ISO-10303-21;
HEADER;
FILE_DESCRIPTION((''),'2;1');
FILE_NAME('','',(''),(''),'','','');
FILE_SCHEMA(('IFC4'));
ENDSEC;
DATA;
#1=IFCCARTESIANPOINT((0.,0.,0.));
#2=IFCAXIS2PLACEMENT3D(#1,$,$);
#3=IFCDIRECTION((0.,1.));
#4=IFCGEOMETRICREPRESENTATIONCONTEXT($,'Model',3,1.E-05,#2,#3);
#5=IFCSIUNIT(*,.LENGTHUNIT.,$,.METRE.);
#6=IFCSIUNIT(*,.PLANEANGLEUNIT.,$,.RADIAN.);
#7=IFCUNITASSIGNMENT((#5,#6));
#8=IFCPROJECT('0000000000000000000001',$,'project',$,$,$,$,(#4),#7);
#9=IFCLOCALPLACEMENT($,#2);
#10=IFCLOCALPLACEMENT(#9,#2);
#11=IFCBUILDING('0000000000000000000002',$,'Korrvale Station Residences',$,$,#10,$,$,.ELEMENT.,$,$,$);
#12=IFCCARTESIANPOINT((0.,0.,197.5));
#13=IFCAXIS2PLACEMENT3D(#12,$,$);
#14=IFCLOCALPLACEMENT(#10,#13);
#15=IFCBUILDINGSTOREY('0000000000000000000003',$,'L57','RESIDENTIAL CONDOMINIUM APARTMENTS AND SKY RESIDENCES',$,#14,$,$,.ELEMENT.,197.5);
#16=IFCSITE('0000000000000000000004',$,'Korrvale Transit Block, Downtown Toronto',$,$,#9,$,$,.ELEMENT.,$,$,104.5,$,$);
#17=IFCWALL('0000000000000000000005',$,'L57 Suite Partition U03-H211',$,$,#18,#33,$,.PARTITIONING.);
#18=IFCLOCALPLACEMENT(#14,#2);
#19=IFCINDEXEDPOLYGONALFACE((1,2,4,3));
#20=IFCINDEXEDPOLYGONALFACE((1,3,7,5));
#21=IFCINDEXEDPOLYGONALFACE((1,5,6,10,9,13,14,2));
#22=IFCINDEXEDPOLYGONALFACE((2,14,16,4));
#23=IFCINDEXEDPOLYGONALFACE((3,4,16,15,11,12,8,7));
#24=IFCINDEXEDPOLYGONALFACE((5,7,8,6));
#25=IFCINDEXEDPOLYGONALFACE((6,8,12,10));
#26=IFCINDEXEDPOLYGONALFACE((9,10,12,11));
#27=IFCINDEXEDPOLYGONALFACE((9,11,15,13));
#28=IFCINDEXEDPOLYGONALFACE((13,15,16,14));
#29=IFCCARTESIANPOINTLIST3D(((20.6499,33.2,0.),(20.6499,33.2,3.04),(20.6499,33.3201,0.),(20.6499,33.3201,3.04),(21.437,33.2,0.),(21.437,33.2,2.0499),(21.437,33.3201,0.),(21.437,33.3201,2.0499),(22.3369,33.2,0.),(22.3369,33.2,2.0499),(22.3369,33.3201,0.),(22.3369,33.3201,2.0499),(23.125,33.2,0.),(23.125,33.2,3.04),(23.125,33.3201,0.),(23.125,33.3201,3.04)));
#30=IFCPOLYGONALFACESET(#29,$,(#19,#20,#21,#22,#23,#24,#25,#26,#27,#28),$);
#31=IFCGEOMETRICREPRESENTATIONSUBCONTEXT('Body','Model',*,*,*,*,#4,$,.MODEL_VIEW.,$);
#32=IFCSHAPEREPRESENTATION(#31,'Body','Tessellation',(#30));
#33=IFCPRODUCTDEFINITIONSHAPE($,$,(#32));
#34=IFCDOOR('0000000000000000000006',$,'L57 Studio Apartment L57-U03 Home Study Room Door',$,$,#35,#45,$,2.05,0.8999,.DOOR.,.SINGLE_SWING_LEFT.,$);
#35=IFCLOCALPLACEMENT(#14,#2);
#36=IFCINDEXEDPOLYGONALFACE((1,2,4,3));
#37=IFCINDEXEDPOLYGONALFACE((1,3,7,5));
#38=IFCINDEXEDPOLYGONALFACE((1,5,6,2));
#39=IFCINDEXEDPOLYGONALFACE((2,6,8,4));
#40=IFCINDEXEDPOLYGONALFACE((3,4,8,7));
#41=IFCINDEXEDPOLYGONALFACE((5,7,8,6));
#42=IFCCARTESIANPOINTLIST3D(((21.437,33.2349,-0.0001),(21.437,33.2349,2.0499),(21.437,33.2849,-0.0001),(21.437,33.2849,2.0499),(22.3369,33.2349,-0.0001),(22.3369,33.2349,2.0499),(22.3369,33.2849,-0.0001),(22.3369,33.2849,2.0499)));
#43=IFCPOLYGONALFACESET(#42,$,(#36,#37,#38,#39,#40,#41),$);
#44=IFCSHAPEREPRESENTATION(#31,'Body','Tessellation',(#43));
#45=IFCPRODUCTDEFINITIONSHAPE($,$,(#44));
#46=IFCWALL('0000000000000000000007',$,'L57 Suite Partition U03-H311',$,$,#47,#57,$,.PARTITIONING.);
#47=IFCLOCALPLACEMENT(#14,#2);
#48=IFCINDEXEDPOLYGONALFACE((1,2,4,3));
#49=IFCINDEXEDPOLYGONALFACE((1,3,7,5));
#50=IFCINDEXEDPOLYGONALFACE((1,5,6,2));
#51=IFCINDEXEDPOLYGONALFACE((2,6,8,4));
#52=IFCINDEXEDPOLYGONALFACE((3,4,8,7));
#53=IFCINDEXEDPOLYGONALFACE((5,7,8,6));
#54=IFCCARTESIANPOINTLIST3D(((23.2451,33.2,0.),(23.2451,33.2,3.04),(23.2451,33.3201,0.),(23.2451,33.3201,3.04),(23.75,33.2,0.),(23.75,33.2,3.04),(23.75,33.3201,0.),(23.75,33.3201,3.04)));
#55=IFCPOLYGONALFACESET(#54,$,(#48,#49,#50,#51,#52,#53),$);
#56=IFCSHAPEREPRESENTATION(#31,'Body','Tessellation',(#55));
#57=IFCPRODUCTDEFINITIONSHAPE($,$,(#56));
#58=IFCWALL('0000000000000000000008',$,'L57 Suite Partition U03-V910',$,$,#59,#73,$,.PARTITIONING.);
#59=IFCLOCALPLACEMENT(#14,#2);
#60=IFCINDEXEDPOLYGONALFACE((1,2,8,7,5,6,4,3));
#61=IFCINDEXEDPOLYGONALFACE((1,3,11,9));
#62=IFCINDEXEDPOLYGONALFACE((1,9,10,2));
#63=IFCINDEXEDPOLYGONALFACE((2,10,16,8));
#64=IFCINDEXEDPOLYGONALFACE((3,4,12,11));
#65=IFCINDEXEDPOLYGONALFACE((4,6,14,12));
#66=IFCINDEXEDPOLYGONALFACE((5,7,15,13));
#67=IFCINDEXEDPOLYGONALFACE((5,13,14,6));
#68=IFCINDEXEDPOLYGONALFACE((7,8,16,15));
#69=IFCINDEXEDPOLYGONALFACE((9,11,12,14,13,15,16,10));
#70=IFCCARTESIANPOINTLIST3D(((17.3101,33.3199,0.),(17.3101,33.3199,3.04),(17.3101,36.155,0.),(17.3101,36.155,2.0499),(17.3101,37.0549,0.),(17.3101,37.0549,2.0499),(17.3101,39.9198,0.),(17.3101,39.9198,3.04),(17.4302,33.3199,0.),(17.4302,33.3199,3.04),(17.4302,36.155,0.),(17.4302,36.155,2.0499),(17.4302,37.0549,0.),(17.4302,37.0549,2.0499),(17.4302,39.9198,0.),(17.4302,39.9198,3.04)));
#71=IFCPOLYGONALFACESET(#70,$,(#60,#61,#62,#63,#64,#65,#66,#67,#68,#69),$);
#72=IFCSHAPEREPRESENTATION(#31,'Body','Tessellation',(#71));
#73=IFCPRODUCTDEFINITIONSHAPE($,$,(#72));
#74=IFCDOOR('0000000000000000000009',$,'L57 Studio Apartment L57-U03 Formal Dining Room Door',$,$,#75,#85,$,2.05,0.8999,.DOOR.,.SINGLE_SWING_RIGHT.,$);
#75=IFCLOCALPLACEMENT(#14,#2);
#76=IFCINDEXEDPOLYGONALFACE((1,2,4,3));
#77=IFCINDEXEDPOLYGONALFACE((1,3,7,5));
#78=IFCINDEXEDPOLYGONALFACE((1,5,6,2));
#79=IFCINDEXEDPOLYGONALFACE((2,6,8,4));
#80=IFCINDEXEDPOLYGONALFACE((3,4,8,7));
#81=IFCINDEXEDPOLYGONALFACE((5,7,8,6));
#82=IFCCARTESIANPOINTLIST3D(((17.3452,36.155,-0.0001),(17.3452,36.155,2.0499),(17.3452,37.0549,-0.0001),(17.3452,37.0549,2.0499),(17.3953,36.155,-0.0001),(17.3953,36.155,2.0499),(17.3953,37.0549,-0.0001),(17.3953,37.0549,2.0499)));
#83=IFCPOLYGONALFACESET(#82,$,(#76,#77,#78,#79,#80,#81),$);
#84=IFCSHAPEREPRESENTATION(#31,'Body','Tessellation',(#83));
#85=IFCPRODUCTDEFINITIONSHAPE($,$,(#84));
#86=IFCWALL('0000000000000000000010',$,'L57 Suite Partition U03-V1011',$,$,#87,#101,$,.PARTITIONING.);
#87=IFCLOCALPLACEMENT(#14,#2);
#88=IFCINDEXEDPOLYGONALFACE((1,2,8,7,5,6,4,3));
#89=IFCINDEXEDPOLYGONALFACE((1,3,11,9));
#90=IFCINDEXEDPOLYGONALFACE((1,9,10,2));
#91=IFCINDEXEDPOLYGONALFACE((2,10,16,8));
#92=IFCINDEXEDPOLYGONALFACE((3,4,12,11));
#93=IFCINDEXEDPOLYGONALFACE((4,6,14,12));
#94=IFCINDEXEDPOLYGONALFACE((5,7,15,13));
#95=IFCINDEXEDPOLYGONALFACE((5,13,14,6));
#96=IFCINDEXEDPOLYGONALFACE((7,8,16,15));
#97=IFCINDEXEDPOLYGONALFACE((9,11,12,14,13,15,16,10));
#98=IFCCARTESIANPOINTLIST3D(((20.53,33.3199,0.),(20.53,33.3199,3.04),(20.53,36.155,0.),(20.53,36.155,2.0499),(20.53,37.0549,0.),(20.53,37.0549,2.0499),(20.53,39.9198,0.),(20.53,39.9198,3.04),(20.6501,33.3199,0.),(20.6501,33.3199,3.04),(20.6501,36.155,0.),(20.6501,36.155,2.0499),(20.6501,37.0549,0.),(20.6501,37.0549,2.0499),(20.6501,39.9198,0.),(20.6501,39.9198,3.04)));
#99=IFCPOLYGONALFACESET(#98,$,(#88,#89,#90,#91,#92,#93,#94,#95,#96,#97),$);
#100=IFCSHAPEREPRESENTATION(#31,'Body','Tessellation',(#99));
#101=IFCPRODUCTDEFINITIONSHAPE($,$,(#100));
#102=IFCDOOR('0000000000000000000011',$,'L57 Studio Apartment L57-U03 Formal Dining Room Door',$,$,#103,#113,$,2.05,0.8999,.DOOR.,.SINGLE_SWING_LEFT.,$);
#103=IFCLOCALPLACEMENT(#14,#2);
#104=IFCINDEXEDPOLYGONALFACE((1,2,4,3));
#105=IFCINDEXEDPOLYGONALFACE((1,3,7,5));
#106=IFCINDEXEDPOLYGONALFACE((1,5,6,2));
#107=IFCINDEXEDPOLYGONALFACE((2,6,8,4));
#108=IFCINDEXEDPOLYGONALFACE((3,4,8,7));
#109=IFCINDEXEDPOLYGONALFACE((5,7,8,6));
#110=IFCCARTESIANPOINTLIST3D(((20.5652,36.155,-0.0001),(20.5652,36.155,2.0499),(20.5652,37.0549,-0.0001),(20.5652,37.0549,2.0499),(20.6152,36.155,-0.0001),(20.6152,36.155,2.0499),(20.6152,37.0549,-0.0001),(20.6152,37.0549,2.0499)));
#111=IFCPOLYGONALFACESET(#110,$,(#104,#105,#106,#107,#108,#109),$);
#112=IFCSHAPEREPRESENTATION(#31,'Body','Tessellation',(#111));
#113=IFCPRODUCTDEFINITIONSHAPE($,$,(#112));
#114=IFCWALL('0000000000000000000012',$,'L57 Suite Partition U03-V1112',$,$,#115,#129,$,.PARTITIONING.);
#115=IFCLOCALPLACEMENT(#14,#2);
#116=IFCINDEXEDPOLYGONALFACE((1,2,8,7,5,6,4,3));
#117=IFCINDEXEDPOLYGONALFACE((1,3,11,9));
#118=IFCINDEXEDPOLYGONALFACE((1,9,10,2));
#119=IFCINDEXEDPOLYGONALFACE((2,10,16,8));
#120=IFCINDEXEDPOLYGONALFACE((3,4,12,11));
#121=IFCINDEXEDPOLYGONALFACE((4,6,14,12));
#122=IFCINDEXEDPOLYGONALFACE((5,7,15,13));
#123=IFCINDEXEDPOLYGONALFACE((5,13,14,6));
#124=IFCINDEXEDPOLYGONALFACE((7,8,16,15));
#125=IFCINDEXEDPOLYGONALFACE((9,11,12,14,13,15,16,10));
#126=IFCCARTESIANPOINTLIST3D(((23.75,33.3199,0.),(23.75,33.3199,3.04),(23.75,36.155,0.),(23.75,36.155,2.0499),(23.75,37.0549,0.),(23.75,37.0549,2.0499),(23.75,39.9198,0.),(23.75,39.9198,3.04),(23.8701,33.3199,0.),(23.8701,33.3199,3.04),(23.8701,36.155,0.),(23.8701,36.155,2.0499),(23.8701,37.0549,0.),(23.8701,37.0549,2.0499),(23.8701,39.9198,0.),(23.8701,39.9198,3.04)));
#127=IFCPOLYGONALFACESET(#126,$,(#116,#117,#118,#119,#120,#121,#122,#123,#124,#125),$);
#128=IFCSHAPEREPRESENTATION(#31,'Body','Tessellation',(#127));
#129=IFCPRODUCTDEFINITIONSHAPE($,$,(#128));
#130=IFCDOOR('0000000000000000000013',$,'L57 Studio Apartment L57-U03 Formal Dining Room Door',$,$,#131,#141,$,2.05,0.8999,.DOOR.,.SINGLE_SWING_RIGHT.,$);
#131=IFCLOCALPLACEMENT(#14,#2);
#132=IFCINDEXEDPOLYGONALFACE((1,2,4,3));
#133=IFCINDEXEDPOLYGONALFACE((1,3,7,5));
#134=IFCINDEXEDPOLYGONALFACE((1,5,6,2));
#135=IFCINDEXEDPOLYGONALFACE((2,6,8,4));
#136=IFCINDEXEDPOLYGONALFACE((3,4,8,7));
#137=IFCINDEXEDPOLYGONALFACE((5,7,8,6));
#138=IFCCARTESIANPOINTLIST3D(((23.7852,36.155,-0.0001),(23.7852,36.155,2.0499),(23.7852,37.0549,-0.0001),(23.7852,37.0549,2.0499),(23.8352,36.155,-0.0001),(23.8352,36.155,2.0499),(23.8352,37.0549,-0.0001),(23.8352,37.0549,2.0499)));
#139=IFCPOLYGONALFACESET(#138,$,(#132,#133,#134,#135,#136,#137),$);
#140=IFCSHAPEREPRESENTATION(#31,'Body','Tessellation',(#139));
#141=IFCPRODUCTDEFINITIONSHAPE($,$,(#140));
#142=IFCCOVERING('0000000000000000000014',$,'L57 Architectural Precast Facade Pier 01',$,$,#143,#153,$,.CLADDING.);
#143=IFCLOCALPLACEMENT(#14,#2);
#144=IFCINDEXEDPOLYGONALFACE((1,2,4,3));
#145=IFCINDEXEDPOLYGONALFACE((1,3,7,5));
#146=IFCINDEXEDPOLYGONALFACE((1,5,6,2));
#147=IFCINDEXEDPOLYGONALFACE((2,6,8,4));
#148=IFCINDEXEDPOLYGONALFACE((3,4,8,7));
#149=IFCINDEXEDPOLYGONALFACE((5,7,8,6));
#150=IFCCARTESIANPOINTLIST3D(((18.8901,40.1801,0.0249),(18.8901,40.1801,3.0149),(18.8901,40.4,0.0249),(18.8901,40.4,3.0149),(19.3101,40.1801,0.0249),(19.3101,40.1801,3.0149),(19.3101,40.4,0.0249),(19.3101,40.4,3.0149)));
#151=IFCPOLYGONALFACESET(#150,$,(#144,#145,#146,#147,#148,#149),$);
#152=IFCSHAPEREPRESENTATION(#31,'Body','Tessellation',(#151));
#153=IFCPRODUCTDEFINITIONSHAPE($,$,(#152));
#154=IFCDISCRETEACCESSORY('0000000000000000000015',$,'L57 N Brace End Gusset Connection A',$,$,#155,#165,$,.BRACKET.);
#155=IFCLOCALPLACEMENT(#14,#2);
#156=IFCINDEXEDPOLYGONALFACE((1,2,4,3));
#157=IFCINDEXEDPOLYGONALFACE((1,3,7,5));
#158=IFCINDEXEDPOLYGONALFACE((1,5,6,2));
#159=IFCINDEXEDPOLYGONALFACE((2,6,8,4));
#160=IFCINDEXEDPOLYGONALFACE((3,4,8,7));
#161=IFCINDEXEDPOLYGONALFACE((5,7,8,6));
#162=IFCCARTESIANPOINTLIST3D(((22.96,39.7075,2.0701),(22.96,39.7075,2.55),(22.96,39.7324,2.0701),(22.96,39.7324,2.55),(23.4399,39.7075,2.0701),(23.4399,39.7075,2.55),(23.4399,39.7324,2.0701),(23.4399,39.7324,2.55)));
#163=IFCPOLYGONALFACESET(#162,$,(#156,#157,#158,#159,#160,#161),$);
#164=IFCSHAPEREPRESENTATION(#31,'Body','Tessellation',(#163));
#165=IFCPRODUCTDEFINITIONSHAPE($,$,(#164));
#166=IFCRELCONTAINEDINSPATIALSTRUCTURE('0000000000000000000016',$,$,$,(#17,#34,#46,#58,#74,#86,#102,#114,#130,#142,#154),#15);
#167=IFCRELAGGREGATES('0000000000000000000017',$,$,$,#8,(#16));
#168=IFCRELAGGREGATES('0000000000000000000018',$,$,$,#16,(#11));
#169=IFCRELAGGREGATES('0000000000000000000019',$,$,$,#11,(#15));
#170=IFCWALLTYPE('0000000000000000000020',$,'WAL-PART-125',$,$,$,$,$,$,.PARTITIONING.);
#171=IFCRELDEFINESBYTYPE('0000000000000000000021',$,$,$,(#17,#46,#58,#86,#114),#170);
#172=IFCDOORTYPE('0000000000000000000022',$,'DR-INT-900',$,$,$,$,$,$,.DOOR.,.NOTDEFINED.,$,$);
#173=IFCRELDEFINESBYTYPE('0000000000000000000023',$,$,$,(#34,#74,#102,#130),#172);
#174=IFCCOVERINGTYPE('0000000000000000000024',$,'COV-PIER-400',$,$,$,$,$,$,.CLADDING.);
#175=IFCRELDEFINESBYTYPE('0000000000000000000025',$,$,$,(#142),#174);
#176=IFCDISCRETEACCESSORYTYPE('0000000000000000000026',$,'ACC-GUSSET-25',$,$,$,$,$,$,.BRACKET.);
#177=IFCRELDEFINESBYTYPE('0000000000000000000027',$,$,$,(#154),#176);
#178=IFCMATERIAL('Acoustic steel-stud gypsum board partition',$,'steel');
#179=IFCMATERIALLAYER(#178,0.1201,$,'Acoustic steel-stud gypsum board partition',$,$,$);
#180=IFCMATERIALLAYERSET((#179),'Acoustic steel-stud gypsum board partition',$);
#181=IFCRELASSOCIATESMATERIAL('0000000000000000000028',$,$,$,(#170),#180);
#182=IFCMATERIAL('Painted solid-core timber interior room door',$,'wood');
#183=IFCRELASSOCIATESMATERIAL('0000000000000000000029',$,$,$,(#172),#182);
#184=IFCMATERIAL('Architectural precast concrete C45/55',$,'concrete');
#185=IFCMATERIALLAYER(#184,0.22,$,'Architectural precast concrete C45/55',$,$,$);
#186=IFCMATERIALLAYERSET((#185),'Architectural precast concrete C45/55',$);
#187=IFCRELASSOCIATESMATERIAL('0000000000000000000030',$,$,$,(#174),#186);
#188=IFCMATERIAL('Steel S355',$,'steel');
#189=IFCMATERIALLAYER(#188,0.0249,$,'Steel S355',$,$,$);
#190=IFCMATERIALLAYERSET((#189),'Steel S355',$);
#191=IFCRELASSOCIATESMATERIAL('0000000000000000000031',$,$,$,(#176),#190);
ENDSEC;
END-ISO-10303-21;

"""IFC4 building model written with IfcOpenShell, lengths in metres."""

from ifc_helpers import new_model, si_unit, direction, frame, frame_2d, origin, origin_2d, place, context, subcontext, project, spatial, rectangle, extrude, material, layer, layer_set, type_object, element, fill, save


model = new_model("IFC4")

# Units and contexts
model_context = context("Model", 3, precision=1e-05, world=origin(), true_north=direction((0.0, 1.0)))
body_context = subcontext(model_context, "Body", "Model", "MODEL_VIEW")
ifc_project = project(units=[si_unit("LENGTHUNIT", "METRE"), si_unit("PLANEANGLEUNIT", "RADIAN")], contexts=[model_context])

# Site, building, storey
site_placement = place(None, origin())
site = spatial("IfcSite", under=ifc_project, at=site_placement, Name="Korrvale Transit Block, Downtown Toronto", CompositionType="ELEMENT", RefElevation=104.5)
building_placement = place(site_placement, origin())
building = spatial("IfcBuilding", under=site, at=building_placement, Name="Korrvale Station Residences", CompositionType="ELEMENT")
storey_placement = place(building_placement, frame((0.0, 0.0, 197.5)))
storey = spatial("IfcBuildingStorey", under=building, at=storey_placement, Name="L57", Description="RESIDENTIAL CONDOMINIUM APARTMENTS AND SKY RESIDENCES", CompositionType="ELEMENT", Elevation=197.5)

# Shared definitions
ifc_material_1 = material(Name="Steel S355", Category="steel")

# Shared definitions
ifc_material_2 = material(Name="Acoustic steel-stud gypsum board partition", Category="steel")
ifc_layer_1 = layer(ifc_material_2, 0.1201, Name="Acoustic steel-stud gypsum board partition")
ifc_layer_set_1 = layer_set([ifc_layer_1], Name="Acoustic steel-stud gypsum board partition")
wall_type = type_object("IfcWallType", Name="WAL-PART-125", PredefinedType="PARTITIONING", material=ifc_layer_set_1)
ifc_material_3 = material(Name="Painted solid-core timber interior room door", Category="wood")
door_type = type_object("IfcDoorType", Name="DR-INT-900", OperationType="NOTDEFINED", PredefinedType="DOOR", material=ifc_material_3)

# Wall, opening, door
wall_1_placement = place(storey_placement, frame((20.6499, 33.26, 0.0), z_axis=(0.0, 0.0, 1.0), x_axis=(1.0, 0.0, 0.0)))
wall_1 = element("IfcWall", 1, at=wall_1_placement, inside=storey, type_object=wall_type, Name="L57 Suite Partition U03-H211", PredefinedType="PARTITIONING", context=body_context, shape_type="SweptSolid", body=[
    extrude(rectangle(XDim=2.4751, YDim=0.1201, at=frame_2d((1.2375, 0.0))), origin(), (0.0, 0.0, 1.0), 3.04),
])
opening_1_placement = place(wall_1_placement, frame((0.7871, 0.0, 0.0)))
opening_1 = element("IfcOpeningElement", 2, at=opening_1_placement, cuts=wall_1, PredefinedType="OPENING", context=body_context, shape_type="SweptSolid", body=[
    extrude(rectangle(XDim=0.8999, YDim=2.05, at=frame_2d((0.45, 1.0249))), frame((0.0, 0.0701, 0.0), z_axis=(0.0, -1.0, 0.0), x_axis=(1.0, 0.0, 0.0)), (0.0, 0.0, 1.0), 0.1401),
])
door_1_placement = place(opening_1_placement, origin())
door_1 = element("IfcDoor", 3, at=door_1_placement, inside=storey, type_object=door_type, Name="L57 Studio Apartment L57-U03 Home Study Room Door", OperationType="SINGLE_SWING_LEFT", OverallHeight=2.05, OverallWidth=0.8999, PredefinedType="DOOR", context=body_context, shape_type="SweptSolid", body=[
    extrude(rectangle(XDim=0.8999, YDim=2.05, at=frame_2d((0.45, 1.0249))), frame((0.0, 0.0249, 0.0), z_axis=(0.0, -1.0, 0.0), x_axis=(1.0, 0.0, 0.0)), (0.0, 0.0, 1.0), 0.05),
])
fill(opening_1, door_1)

# Wall
wall_2_placement = place(storey_placement, frame((23.2451, 33.26, 0.0), z_axis=(0.0, 0.0, 1.0), x_axis=(1.0, 0.0, 0.0)))
element("IfcWall", 4, at=wall_2_placement, inside=storey, type_object=wall_type, Name="L57 Suite Partition U03-H311", PredefinedType="PARTITIONING", context=body_context, shape_type="SweptSolid", body=[
    extrude(rectangle(XDim=0.5049, YDim=0.1201, at=frame_2d((0.2524, 0.0))), origin(), (0.0, 0.0, 1.0), 3.04),
])

# Walls, openings, doors
wall_3_placement = place(storey_placement, frame((17.3701, 33.3201, 0.0), z_axis=(0.0, 0.0, 1.0), x_axis=(0.0, 1.0, 0.0)))
wall_3 = element("IfcWall", 5, at=wall_3_placement, inside=storey, type_object=wall_type, Name="L57 Suite Partition U03-V910", PredefinedType="PARTITIONING", context=body_context, shape_type="SweptSolid", body=[
    extrude(rectangle(XDim=6.5999, YDim=0.1201, at=frame_2d((3.2998, 0.0))), origin(), (0.0, 0.0, 1.0), 3.04),
])
opening_2_placement = place(wall_3_placement, frame((2.835, 0.0, 0.0)))
opening_2 = element("IfcOpeningElement", 6, at=opening_2_placement, cuts=wall_3, PredefinedType="OPENING", context=body_context, shape_type="SweptSolid", body=[
    extrude(rectangle(XDim=0.8999, YDim=2.05, at=frame_2d((0.45, 1.0249))), frame((0.0, 0.0701, 0.0), z_axis=(0.0, -1.0, 0.0), x_axis=(1.0, 0.0, 0.0)), (0.0, 0.0, 1.0), 0.1401),
])
door_2_placement = place(opening_2_placement, origin())
door_2 = element("IfcDoor", 7, at=door_2_placement, inside=storey, type_object=door_type, Name="L57 Studio Apartment L57-U03 Formal Dining Room Door", OperationType="SINGLE_SWING_RIGHT", OverallHeight=2.05, OverallWidth=0.8999, PredefinedType="DOOR", context=body_context, shape_type="SweptSolid", body=[
    extrude(rectangle(XDim=0.8999, YDim=2.05, at=frame_2d((0.45, 1.0249))), frame((0.0, 0.0249, 0.0), z_axis=(0.0, -1.0, 0.0), x_axis=(1.0, 0.0, 0.0)), (0.0, 0.0, 1.0), 0.05),
])
fill(opening_2, door_2)
wall_4_placement = place(storey_placement, frame((20.5901, 33.3201, 0.0), z_axis=(0.0, 0.0, 1.0), x_axis=(0.0, 1.0, 0.0)))
wall_4 = element("IfcWall", 8, at=wall_4_placement, inside=storey, type_object=wall_type, Name="L57 Suite Partition U03-V1011", PredefinedType="PARTITIONING", context=body_context, shape_type="SweptSolid", body=[
    extrude(rectangle(XDim=6.5999, YDim=0.1201, at=frame_2d((3.2998, 0.0))), origin(), (0.0, 0.0, 1.0), 3.04),
])
opening_3_placement = place(wall_4_placement, frame((2.835, 0.0, 0.0)))
opening_3 = element("IfcOpeningElement", 9, at=opening_3_placement, cuts=wall_4, PredefinedType="OPENING", context=body_context, shape_type="SweptSolid", body=[
    extrude(rectangle(XDim=0.8999, YDim=2.05, at=frame_2d((0.45, 1.0249))), frame((0.0, 0.0701, 0.0), z_axis=(0.0, -1.0, 0.0), x_axis=(1.0, 0.0, 0.0)), (0.0, 0.0, 1.0), 0.1401),
])
door_3_placement = place(opening_3_placement, origin())
door_3 = element("IfcDoor", 10, at=door_3_placement, inside=storey, type_object=door_type, Name="L57 Studio Apartment L57-U03 Formal Dining Room Door", OperationType="SINGLE_SWING_LEFT", OverallHeight=2.05, OverallWidth=0.8999, PredefinedType="DOOR", context=body_context, shape_type="SweptSolid", body=[
    extrude(rectangle(XDim=0.8999, YDim=2.05, at=frame_2d((0.45, 1.0249))), frame((0.0, 0.0249, 0.0), z_axis=(0.0, -1.0, 0.0), x_axis=(1.0, 0.0, 0.0)), (0.0, 0.0, 1.0), 0.05),
])
fill(opening_3, door_3)
wall_5_placement = place(storey_placement, frame((23.8101, 33.3201, 0.0), z_axis=(0.0, 0.0, 1.0), x_axis=(0.0, 1.0, 0.0)))
wall_5 = element("IfcWall", 11, at=wall_5_placement, inside=storey, type_object=wall_type, Name="L57 Suite Partition U03-V1112", PredefinedType="PARTITIONING", context=body_context, shape_type="SweptSolid", body=[
    extrude(rectangle(XDim=6.5999, YDim=0.1201, at=frame_2d((3.2998, 0.0))), origin(), (0.0, 0.0, 1.0), 3.04),
])
opening_4_placement = place(wall_5_placement, frame((2.835, 0.0, 0.0)))
opening_4 = element("IfcOpeningElement", 12, at=opening_4_placement, cuts=wall_5, PredefinedType="OPENING", context=body_context, shape_type="SweptSolid", body=[
    extrude(rectangle(XDim=0.8999, YDim=2.05, at=frame_2d((0.45, 1.0249))), frame((0.0, 0.0701, 0.0), z_axis=(0.0, -1.0, 0.0), x_axis=(1.0, 0.0, 0.0)), (0.0, 0.0, 1.0), 0.1401),
])
door_4_placement = place(opening_4_placement, origin())
door_4 = element("IfcDoor", 13, at=door_4_placement, inside=storey, type_object=door_type, Name="L57 Studio Apartment L57-U03 Formal Dining Room Door", OperationType="SINGLE_SWING_RIGHT", OverallHeight=2.05, OverallWidth=0.8999, PredefinedType="DOOR", context=body_context, shape_type="SweptSolid", body=[
    extrude(rectangle(XDim=0.8999, YDim=2.05, at=frame_2d((0.45, 1.0249))), frame((0.0, 0.0249, 0.0), z_axis=(0.0, -1.0, 0.0), x_axis=(1.0, 0.0, 0.0)), (0.0, 0.0, 1.0), 0.05),
])
fill(opening_4, door_4)

# Covering
ifc_material_4 = material(Name="Architectural precast concrete C45/55", Category="concrete")
ifc_layer_2 = layer(ifc_material_4, 0.22, Name="Architectural precast concrete C45/55")
ifc_layer_set_2 = layer_set([ifc_layer_2], Name="Architectural precast concrete C45/55")
covering_type = type_object("IfcCoveringType", Name="COV-PIER-400", PredefinedType="CLADDING", material=ifc_layer_set_2)
covering_placement = place(storey_placement, frame((19.1001, 40.29, 0.0249), z_axis=(0.0, 0.0, 1.0), x_axis=(1.0, 0.0, 0.0)))
element("IfcCovering", 14, at=covering_placement, inside=storey, type_object=covering_type, Name="L57 Architectural Precast Facade Pier 01", PredefinedType="CLADDING", context=body_context, shape_type="SweptSolid", body=[
    extrude(rectangle(XDim=0.4199, YDim=0.22, at=origin_2d()), origin(), (0.0, 0.0, 1.0), 2.99),
])

# Discrete accessory
ifc_layer_3 = layer(ifc_material_1, 0.0249, Name="Steel S355")
ifc_layer_set_3 = layer_set([ifc_layer_3], Name="Steel S355")
discrete_accessory_type = type_object("IfcDiscreteAccessoryType", Name="ACC-GUSSET-25", PredefinedType="BRACKET", material=ifc_layer_set_3)
discrete_accessory_placement = place(storey_placement, frame((23.2, 39.72, 2.0701), z_axis=(0.0, 0.0, 1.0), x_axis=(1.0, 0.0, 0.0)))
element("IfcDiscreteAccessory", 15, at=discrete_accessory_placement, inside=storey, type_object=discrete_accessory_type, Name="L57 N Brace End Gusset Connection A", PredefinedType="BRACKET", context=body_context, shape_type="SweptSolid", body=[
    extrude(rectangle(XDim=0.48, YDim=0.0249, at=origin_2d()), origin(), (0.0, 0.0, 1.0), 0.48),
])

save(model, "model.ifc")
